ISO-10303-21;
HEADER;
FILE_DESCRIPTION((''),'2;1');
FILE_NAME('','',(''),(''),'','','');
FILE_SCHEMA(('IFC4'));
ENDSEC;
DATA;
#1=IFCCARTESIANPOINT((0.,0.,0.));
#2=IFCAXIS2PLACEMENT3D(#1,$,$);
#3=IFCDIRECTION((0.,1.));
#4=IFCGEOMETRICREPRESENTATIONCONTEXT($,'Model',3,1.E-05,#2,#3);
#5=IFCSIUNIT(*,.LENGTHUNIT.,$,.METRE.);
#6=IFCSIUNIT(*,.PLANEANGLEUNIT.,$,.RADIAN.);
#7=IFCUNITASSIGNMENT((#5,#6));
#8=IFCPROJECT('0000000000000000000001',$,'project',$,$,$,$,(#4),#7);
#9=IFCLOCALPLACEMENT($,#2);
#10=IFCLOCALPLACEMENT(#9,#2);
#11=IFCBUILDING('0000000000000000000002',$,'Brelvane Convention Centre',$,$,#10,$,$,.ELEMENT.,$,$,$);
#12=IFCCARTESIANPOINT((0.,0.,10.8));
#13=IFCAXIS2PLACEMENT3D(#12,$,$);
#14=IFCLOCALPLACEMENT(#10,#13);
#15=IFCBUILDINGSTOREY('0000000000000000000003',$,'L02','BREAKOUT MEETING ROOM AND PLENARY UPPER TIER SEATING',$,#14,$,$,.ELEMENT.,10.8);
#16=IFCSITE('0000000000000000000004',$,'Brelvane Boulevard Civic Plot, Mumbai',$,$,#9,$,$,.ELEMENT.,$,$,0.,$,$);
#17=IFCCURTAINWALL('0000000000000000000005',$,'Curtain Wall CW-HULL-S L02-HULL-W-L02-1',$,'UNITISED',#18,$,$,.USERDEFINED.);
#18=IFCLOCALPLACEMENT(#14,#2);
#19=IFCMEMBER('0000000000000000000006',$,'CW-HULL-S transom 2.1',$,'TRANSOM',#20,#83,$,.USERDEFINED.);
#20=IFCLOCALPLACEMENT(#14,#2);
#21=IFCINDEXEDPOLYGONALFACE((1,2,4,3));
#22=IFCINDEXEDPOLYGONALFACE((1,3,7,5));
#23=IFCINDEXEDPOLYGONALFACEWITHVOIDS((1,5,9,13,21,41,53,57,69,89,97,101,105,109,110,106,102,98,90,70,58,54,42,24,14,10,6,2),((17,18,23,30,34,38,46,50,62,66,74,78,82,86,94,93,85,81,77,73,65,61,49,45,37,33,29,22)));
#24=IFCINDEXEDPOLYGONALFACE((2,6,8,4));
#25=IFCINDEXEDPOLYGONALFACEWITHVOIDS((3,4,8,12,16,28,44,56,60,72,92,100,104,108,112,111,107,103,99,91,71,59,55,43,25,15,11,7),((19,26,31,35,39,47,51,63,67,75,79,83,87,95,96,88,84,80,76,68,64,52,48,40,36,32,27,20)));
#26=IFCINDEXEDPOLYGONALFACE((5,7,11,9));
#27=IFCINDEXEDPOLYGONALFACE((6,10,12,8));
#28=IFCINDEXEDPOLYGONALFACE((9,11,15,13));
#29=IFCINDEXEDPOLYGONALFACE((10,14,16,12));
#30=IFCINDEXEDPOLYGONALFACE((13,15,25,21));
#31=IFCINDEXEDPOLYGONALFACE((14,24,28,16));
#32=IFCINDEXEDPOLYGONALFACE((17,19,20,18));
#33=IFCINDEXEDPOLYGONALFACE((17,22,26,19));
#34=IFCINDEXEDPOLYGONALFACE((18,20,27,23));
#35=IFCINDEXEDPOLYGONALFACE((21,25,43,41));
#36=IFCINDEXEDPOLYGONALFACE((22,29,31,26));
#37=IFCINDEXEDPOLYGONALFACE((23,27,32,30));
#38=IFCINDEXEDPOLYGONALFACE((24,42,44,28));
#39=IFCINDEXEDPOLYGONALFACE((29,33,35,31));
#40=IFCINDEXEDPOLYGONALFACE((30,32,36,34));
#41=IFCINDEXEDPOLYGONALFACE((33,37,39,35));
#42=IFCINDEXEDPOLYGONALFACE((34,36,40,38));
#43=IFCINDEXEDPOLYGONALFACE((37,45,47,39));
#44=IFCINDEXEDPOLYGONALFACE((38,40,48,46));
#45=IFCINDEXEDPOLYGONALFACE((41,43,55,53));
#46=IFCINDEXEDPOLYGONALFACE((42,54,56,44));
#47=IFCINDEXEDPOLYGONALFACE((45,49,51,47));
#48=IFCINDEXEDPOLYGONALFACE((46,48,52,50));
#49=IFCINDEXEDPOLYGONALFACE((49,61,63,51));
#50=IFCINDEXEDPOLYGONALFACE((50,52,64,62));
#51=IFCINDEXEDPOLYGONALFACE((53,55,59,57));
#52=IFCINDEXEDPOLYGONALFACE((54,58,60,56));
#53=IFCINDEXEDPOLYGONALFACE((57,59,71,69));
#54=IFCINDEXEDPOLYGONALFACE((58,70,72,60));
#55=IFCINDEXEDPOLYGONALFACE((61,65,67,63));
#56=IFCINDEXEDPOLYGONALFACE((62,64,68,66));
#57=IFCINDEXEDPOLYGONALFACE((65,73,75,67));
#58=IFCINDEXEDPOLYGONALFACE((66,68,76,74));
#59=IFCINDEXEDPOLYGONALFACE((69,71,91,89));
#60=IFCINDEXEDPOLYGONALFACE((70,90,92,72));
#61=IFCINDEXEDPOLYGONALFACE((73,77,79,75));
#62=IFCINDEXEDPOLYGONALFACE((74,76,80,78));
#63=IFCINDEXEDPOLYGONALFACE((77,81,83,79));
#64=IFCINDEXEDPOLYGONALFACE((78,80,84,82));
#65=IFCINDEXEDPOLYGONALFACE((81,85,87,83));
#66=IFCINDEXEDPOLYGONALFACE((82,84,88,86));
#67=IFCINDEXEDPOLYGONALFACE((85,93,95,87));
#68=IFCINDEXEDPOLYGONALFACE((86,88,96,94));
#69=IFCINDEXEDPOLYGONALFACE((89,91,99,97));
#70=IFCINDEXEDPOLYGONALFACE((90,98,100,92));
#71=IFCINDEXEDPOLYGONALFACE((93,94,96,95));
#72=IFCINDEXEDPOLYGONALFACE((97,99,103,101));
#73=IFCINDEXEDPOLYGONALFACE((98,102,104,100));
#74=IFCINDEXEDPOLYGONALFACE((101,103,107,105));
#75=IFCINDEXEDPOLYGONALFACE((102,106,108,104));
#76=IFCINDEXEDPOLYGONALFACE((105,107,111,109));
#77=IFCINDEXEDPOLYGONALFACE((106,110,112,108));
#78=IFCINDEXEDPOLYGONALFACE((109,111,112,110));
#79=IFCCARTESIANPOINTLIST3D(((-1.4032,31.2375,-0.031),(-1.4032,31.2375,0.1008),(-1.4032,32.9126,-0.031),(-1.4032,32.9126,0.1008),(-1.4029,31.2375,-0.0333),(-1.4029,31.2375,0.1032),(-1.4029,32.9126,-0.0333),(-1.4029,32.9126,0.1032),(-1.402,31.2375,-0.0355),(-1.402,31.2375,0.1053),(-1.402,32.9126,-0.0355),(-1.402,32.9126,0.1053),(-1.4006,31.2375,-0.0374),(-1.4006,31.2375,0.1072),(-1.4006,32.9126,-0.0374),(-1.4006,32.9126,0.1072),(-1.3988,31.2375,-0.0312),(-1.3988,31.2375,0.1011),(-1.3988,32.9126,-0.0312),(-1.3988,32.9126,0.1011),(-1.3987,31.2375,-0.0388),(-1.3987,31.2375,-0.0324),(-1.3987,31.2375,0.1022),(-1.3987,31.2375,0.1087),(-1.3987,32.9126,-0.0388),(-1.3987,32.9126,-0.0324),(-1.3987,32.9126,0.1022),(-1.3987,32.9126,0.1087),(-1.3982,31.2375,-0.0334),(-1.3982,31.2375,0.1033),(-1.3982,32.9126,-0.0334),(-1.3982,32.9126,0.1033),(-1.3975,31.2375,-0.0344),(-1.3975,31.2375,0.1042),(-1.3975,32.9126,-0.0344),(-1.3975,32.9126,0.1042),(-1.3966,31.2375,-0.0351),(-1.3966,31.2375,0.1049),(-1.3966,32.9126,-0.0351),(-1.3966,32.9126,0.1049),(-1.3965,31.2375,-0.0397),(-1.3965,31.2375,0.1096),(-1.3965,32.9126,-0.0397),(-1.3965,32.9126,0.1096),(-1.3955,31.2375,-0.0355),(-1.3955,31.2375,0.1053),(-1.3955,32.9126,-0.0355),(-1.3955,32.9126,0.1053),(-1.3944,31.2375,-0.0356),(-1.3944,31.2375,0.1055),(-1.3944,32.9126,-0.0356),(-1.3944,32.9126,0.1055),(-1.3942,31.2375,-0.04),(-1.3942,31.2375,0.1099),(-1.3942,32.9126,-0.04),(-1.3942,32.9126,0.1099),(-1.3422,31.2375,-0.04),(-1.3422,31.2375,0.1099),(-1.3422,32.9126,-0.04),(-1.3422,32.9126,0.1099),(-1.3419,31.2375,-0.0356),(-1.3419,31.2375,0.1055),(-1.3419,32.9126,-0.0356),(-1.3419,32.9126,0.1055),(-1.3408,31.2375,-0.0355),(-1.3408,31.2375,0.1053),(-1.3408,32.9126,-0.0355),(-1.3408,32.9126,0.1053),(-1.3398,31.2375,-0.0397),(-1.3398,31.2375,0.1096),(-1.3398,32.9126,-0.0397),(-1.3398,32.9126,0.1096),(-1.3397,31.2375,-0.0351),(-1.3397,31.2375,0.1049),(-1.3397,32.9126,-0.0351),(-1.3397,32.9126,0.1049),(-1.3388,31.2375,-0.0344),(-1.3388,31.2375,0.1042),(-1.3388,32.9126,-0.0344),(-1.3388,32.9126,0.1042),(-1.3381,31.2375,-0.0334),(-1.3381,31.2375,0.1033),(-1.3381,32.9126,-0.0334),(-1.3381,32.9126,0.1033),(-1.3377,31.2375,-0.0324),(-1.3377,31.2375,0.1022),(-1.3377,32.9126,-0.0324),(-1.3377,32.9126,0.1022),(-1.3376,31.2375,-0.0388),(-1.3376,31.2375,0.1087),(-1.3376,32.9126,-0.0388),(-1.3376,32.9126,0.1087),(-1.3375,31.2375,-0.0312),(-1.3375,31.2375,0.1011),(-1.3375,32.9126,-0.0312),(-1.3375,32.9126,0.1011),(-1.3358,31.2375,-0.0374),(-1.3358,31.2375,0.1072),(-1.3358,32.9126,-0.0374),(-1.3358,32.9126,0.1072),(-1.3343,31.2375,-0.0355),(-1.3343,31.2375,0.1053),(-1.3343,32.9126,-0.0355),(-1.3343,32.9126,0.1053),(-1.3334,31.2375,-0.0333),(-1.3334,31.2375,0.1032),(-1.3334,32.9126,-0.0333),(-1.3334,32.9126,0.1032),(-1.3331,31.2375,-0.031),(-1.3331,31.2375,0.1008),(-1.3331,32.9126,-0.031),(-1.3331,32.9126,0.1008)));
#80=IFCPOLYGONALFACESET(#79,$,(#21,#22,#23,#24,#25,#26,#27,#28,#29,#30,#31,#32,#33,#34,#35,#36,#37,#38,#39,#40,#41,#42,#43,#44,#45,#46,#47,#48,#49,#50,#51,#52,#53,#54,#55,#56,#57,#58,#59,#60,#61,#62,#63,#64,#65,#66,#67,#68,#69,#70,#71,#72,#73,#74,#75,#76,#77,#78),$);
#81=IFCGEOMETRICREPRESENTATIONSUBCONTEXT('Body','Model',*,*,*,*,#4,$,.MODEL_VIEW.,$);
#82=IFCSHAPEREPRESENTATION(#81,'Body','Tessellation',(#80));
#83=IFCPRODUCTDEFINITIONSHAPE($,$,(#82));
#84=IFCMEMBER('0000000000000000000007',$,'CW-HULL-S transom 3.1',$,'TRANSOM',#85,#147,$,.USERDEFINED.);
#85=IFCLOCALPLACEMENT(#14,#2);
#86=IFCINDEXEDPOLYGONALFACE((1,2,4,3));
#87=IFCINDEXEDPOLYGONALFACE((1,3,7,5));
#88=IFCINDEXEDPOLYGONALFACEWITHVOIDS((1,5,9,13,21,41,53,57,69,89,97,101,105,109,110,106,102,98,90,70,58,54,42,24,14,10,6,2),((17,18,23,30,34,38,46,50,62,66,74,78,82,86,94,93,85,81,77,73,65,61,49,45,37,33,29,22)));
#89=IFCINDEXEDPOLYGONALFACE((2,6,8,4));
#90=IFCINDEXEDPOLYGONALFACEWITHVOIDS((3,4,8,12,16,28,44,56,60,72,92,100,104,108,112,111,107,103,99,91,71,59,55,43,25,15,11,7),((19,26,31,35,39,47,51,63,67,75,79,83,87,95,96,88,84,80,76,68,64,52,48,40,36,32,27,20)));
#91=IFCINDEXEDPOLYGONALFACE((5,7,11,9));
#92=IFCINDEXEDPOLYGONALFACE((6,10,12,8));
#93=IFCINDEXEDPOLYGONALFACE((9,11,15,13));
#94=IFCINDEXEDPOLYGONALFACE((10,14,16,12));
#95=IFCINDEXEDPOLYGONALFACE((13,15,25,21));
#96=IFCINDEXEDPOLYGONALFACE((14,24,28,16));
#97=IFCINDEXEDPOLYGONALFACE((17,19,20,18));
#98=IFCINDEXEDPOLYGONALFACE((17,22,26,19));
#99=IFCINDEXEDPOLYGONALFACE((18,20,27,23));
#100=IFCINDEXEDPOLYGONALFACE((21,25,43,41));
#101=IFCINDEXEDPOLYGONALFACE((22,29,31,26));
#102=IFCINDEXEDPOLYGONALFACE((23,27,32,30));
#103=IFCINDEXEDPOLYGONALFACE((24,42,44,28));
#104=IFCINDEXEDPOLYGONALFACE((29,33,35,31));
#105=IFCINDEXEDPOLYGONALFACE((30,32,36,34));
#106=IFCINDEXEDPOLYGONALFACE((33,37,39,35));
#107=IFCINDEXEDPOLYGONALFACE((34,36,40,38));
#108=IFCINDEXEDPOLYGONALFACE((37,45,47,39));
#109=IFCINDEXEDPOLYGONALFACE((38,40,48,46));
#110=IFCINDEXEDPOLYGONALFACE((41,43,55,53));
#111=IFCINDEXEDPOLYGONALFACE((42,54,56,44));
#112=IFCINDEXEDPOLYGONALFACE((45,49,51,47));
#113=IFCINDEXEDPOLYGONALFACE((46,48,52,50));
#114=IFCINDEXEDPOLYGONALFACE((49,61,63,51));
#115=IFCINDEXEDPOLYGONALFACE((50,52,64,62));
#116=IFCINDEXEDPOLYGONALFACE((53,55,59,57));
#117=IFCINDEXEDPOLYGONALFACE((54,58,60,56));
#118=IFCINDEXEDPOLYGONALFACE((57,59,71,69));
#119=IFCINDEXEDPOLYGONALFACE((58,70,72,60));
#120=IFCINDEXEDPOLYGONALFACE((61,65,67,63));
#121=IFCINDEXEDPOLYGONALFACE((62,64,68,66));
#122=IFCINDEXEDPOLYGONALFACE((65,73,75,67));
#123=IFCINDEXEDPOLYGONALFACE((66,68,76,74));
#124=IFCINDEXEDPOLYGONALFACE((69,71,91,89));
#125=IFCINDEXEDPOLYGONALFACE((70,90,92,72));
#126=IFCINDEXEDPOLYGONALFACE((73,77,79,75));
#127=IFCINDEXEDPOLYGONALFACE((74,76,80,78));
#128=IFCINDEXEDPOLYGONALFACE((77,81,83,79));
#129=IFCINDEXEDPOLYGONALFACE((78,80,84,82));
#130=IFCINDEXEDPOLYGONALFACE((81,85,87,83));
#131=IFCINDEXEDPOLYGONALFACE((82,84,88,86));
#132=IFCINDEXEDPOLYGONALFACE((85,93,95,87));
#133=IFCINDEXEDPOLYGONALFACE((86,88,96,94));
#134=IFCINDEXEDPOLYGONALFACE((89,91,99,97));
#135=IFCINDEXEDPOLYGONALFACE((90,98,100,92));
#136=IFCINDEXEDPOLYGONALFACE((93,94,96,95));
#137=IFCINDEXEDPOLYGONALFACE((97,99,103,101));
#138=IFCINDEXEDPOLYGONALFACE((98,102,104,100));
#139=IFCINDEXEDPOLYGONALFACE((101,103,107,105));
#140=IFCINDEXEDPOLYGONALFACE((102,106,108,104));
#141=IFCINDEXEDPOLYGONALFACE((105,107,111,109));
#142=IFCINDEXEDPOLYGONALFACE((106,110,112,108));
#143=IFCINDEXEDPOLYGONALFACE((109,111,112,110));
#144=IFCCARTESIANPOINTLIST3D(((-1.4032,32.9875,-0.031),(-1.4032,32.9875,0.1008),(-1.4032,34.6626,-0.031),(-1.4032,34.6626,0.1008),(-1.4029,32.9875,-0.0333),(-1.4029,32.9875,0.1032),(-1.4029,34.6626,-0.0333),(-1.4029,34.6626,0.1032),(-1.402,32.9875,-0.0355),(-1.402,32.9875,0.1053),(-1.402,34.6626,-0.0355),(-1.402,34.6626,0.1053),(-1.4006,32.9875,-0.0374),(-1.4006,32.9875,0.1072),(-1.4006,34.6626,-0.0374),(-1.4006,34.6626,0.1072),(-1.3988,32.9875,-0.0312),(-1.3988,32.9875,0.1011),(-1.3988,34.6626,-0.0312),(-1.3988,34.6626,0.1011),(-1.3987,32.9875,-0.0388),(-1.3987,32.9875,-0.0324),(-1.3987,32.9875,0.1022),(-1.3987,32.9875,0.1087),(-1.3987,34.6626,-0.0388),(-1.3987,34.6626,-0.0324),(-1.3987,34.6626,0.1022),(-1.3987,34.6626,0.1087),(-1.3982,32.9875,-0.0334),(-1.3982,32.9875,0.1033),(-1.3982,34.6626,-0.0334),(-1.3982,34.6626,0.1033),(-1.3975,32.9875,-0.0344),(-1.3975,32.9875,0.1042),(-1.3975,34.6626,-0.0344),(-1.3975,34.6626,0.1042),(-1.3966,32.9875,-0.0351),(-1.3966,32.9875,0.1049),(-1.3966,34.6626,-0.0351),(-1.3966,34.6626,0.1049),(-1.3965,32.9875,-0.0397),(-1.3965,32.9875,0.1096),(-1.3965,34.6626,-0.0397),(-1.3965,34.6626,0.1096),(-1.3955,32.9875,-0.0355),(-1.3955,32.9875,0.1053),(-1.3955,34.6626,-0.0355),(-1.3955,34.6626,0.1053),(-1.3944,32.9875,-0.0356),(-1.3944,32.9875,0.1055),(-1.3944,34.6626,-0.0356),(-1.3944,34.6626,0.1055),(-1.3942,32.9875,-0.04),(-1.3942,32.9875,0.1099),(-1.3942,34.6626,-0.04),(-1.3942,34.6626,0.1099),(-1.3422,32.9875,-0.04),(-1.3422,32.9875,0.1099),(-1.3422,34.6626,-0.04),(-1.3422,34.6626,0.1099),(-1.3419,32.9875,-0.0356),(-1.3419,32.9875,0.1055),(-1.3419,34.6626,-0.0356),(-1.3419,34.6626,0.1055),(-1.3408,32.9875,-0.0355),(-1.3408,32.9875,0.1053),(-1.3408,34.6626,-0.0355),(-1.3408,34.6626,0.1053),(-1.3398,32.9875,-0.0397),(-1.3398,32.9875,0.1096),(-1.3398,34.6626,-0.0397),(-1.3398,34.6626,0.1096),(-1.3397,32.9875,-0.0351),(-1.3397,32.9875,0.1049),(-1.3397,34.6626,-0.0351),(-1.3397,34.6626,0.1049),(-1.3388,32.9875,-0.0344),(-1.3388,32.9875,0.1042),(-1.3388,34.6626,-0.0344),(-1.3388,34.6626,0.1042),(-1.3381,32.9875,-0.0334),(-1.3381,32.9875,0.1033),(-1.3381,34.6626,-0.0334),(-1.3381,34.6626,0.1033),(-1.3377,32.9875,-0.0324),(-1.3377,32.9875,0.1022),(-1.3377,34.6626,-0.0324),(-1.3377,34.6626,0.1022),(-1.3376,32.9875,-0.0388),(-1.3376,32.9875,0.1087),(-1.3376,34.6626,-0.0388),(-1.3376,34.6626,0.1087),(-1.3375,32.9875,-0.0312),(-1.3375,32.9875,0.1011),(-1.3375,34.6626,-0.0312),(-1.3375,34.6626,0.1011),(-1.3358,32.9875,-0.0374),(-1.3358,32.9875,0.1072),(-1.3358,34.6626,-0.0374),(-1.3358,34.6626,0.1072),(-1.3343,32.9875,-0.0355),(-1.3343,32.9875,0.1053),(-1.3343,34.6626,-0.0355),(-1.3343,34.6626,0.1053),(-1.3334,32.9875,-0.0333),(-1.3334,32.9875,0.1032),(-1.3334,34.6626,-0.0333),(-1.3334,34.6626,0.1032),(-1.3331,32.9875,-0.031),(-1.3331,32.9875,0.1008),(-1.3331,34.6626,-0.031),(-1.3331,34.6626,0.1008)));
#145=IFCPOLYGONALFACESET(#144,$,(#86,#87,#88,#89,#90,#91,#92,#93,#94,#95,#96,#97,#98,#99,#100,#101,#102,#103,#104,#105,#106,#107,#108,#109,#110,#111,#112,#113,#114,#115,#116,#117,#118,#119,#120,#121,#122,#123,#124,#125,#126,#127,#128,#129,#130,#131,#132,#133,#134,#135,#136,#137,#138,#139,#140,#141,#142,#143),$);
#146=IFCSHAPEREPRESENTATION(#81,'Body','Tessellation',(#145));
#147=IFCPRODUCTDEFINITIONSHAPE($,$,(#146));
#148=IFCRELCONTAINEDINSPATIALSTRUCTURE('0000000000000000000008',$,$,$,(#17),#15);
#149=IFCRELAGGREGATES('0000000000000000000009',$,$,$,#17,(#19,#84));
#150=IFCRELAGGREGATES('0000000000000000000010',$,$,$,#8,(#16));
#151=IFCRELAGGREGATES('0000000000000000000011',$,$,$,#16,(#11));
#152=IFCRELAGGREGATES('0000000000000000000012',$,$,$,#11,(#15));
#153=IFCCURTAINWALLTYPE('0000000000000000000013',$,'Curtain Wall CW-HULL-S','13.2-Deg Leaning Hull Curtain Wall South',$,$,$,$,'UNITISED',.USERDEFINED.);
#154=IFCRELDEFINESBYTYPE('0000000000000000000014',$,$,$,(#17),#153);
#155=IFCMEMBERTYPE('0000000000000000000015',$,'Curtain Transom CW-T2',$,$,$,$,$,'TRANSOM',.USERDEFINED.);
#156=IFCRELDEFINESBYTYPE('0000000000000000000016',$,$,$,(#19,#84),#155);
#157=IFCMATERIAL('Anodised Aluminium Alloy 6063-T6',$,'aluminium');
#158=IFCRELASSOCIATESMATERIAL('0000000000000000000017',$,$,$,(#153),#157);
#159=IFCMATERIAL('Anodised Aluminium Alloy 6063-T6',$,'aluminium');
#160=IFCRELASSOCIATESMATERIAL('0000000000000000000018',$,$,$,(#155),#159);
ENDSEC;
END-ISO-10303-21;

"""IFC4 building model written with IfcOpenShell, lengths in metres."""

from ifc_helpers import new_model, si_unit, direction, frame, origin, origin_2d, place, context, subcontext, project, spatial, hollow_rectangle, extrude, material, material_profile, profile_set, type_object, element, aggregate, save


model = new_model("IFC4")

# Units and contexts
model_context = context("Model", 3, precision=1e-05, world=origin(), true_north=direction((0.0, 1.0)))
body_context = subcontext(model_context, "Body", "Model", "MODEL_VIEW")
ifc_project = project(units=[si_unit("LENGTHUNIT", "METRE"), si_unit("PLANEANGLEUNIT", "RADIAN")], contexts=[model_context])

# Site, building, storey
site_placement = place(None, origin())
site = spatial("IfcSite", under=ifc_project, at=site_placement, Name="Brelvane Boulevard Civic Plot, Mumbai", CompositionType="ELEMENT", RefElevation=0.0)
building_placement = place(site_placement, origin())
building = spatial("IfcBuilding", under=site, at=building_placement, Name="Brelvane Convention Centre", CompositionType="ELEMENT")
storey_placement = place(building_placement, frame((0.0, 0.0, 10.8)))
storey = spatial("IfcBuildingStorey", under=building, at=storey_placement, Name="L02", Description="BREAKOUT MEETING ROOM AND PLENARY UPPER TIER SEATING", CompositionType="ELEMENT", Elevation=10.8)

# Curtain wall
ifc_material_1 = material(Name="Anodised Aluminium Alloy 6063-T6", Category="aluminium")
curtain_wall_type = type_object("IfcCurtainWallType", Name="Curtain Wall CW-HULL-S", Description="13.2-Deg Leaning Hull Curtain Wall South", ElementType="UNITISED", PredefinedType="USERDEFINED", material=ifc_material_1)
curtain_wall_1_placement = place(storey_placement, origin())
curtain_wall_1 = element("IfcCurtainWall", 1, at=curtain_wall_1_placement, inside=storey, type_object=curtain_wall_type, Name="Curtain Wall CW-HULL-S L02-HULL-W-L02-1", ObjectType="UNITISED", PredefinedType="USERDEFINED")

# Members
ifc_material_2 = material(Name="Anodised Aluminium Alloy 6063-T6", Category="aluminium")
ifc_material_profile_1 = material_profile(ifc_material_2, hollow_rectangle(XDim=0.0701, YDim=0.1499, WallThickness=0.0044, InnerFilletRadius=0.0044, OuterFilletRadius=0.009, at=origin_2d()), Name="ALU-T 150x70x4.5")
ifc_profile_set_1 = profile_set([ifc_material_profile_1], Name="Anodised Aluminium Alloy 6063-T6")
member_type_1 = type_object("IfcMemberType", Name="Curtain Transom CW-T2", ElementType="TRANSOM", PredefinedType="USERDEFINED", material=ifc_profile_set_1)
member_1_placement = place(storey_placement, frame((-1.3682, 31.2375, 0.0349), z_axis=(0.0, 1.0, 0.0), x_axis=(-1.0, 0.0, 0.0)))
member_1 = element("IfcMember", 2, at=member_1_placement, type_object=member_type_1, Name="CW-HULL-S transom 2.1", ObjectType="TRANSOM", PredefinedType="USERDEFINED", context=body_context, shape_type="SweptSolid", body=[
    extrude(hollow_rectangle(XDim=0.0701, YDim=0.1499, WallThickness=0.0044, InnerFilletRadius=0.0044, OuterFilletRadius=0.009, at=origin_2d()), origin(), (0.0, 0.0, 1.0), 1.675),
])
member_2_placement = place(storey_placement, frame((-1.3682, 32.9875, 0.0349), z_axis=(0.0, 1.0, 0.0), x_axis=(-1.0, 0.0, 0.0)))
member_2 = element("IfcMember", 3, at=member_2_placement, type_object=member_type_1, Name="CW-HULL-S transom 3.1", ObjectType="TRANSOM", PredefinedType="USERDEFINED", context=body_context, shape_type="SweptSolid", body=[
    extrude(hollow_rectangle(XDim=0.0701, YDim=0.1499, WallThickness=0.0044, InnerFilletRadius=0.0044, OuterFilletRadius=0.009, at=origin_2d()), origin(), (0.0, 0.0, 1.0), 1.675),
])

aggregate(curtain_wall_1, [member_1, member_2])

save(model, "model.ifc")
